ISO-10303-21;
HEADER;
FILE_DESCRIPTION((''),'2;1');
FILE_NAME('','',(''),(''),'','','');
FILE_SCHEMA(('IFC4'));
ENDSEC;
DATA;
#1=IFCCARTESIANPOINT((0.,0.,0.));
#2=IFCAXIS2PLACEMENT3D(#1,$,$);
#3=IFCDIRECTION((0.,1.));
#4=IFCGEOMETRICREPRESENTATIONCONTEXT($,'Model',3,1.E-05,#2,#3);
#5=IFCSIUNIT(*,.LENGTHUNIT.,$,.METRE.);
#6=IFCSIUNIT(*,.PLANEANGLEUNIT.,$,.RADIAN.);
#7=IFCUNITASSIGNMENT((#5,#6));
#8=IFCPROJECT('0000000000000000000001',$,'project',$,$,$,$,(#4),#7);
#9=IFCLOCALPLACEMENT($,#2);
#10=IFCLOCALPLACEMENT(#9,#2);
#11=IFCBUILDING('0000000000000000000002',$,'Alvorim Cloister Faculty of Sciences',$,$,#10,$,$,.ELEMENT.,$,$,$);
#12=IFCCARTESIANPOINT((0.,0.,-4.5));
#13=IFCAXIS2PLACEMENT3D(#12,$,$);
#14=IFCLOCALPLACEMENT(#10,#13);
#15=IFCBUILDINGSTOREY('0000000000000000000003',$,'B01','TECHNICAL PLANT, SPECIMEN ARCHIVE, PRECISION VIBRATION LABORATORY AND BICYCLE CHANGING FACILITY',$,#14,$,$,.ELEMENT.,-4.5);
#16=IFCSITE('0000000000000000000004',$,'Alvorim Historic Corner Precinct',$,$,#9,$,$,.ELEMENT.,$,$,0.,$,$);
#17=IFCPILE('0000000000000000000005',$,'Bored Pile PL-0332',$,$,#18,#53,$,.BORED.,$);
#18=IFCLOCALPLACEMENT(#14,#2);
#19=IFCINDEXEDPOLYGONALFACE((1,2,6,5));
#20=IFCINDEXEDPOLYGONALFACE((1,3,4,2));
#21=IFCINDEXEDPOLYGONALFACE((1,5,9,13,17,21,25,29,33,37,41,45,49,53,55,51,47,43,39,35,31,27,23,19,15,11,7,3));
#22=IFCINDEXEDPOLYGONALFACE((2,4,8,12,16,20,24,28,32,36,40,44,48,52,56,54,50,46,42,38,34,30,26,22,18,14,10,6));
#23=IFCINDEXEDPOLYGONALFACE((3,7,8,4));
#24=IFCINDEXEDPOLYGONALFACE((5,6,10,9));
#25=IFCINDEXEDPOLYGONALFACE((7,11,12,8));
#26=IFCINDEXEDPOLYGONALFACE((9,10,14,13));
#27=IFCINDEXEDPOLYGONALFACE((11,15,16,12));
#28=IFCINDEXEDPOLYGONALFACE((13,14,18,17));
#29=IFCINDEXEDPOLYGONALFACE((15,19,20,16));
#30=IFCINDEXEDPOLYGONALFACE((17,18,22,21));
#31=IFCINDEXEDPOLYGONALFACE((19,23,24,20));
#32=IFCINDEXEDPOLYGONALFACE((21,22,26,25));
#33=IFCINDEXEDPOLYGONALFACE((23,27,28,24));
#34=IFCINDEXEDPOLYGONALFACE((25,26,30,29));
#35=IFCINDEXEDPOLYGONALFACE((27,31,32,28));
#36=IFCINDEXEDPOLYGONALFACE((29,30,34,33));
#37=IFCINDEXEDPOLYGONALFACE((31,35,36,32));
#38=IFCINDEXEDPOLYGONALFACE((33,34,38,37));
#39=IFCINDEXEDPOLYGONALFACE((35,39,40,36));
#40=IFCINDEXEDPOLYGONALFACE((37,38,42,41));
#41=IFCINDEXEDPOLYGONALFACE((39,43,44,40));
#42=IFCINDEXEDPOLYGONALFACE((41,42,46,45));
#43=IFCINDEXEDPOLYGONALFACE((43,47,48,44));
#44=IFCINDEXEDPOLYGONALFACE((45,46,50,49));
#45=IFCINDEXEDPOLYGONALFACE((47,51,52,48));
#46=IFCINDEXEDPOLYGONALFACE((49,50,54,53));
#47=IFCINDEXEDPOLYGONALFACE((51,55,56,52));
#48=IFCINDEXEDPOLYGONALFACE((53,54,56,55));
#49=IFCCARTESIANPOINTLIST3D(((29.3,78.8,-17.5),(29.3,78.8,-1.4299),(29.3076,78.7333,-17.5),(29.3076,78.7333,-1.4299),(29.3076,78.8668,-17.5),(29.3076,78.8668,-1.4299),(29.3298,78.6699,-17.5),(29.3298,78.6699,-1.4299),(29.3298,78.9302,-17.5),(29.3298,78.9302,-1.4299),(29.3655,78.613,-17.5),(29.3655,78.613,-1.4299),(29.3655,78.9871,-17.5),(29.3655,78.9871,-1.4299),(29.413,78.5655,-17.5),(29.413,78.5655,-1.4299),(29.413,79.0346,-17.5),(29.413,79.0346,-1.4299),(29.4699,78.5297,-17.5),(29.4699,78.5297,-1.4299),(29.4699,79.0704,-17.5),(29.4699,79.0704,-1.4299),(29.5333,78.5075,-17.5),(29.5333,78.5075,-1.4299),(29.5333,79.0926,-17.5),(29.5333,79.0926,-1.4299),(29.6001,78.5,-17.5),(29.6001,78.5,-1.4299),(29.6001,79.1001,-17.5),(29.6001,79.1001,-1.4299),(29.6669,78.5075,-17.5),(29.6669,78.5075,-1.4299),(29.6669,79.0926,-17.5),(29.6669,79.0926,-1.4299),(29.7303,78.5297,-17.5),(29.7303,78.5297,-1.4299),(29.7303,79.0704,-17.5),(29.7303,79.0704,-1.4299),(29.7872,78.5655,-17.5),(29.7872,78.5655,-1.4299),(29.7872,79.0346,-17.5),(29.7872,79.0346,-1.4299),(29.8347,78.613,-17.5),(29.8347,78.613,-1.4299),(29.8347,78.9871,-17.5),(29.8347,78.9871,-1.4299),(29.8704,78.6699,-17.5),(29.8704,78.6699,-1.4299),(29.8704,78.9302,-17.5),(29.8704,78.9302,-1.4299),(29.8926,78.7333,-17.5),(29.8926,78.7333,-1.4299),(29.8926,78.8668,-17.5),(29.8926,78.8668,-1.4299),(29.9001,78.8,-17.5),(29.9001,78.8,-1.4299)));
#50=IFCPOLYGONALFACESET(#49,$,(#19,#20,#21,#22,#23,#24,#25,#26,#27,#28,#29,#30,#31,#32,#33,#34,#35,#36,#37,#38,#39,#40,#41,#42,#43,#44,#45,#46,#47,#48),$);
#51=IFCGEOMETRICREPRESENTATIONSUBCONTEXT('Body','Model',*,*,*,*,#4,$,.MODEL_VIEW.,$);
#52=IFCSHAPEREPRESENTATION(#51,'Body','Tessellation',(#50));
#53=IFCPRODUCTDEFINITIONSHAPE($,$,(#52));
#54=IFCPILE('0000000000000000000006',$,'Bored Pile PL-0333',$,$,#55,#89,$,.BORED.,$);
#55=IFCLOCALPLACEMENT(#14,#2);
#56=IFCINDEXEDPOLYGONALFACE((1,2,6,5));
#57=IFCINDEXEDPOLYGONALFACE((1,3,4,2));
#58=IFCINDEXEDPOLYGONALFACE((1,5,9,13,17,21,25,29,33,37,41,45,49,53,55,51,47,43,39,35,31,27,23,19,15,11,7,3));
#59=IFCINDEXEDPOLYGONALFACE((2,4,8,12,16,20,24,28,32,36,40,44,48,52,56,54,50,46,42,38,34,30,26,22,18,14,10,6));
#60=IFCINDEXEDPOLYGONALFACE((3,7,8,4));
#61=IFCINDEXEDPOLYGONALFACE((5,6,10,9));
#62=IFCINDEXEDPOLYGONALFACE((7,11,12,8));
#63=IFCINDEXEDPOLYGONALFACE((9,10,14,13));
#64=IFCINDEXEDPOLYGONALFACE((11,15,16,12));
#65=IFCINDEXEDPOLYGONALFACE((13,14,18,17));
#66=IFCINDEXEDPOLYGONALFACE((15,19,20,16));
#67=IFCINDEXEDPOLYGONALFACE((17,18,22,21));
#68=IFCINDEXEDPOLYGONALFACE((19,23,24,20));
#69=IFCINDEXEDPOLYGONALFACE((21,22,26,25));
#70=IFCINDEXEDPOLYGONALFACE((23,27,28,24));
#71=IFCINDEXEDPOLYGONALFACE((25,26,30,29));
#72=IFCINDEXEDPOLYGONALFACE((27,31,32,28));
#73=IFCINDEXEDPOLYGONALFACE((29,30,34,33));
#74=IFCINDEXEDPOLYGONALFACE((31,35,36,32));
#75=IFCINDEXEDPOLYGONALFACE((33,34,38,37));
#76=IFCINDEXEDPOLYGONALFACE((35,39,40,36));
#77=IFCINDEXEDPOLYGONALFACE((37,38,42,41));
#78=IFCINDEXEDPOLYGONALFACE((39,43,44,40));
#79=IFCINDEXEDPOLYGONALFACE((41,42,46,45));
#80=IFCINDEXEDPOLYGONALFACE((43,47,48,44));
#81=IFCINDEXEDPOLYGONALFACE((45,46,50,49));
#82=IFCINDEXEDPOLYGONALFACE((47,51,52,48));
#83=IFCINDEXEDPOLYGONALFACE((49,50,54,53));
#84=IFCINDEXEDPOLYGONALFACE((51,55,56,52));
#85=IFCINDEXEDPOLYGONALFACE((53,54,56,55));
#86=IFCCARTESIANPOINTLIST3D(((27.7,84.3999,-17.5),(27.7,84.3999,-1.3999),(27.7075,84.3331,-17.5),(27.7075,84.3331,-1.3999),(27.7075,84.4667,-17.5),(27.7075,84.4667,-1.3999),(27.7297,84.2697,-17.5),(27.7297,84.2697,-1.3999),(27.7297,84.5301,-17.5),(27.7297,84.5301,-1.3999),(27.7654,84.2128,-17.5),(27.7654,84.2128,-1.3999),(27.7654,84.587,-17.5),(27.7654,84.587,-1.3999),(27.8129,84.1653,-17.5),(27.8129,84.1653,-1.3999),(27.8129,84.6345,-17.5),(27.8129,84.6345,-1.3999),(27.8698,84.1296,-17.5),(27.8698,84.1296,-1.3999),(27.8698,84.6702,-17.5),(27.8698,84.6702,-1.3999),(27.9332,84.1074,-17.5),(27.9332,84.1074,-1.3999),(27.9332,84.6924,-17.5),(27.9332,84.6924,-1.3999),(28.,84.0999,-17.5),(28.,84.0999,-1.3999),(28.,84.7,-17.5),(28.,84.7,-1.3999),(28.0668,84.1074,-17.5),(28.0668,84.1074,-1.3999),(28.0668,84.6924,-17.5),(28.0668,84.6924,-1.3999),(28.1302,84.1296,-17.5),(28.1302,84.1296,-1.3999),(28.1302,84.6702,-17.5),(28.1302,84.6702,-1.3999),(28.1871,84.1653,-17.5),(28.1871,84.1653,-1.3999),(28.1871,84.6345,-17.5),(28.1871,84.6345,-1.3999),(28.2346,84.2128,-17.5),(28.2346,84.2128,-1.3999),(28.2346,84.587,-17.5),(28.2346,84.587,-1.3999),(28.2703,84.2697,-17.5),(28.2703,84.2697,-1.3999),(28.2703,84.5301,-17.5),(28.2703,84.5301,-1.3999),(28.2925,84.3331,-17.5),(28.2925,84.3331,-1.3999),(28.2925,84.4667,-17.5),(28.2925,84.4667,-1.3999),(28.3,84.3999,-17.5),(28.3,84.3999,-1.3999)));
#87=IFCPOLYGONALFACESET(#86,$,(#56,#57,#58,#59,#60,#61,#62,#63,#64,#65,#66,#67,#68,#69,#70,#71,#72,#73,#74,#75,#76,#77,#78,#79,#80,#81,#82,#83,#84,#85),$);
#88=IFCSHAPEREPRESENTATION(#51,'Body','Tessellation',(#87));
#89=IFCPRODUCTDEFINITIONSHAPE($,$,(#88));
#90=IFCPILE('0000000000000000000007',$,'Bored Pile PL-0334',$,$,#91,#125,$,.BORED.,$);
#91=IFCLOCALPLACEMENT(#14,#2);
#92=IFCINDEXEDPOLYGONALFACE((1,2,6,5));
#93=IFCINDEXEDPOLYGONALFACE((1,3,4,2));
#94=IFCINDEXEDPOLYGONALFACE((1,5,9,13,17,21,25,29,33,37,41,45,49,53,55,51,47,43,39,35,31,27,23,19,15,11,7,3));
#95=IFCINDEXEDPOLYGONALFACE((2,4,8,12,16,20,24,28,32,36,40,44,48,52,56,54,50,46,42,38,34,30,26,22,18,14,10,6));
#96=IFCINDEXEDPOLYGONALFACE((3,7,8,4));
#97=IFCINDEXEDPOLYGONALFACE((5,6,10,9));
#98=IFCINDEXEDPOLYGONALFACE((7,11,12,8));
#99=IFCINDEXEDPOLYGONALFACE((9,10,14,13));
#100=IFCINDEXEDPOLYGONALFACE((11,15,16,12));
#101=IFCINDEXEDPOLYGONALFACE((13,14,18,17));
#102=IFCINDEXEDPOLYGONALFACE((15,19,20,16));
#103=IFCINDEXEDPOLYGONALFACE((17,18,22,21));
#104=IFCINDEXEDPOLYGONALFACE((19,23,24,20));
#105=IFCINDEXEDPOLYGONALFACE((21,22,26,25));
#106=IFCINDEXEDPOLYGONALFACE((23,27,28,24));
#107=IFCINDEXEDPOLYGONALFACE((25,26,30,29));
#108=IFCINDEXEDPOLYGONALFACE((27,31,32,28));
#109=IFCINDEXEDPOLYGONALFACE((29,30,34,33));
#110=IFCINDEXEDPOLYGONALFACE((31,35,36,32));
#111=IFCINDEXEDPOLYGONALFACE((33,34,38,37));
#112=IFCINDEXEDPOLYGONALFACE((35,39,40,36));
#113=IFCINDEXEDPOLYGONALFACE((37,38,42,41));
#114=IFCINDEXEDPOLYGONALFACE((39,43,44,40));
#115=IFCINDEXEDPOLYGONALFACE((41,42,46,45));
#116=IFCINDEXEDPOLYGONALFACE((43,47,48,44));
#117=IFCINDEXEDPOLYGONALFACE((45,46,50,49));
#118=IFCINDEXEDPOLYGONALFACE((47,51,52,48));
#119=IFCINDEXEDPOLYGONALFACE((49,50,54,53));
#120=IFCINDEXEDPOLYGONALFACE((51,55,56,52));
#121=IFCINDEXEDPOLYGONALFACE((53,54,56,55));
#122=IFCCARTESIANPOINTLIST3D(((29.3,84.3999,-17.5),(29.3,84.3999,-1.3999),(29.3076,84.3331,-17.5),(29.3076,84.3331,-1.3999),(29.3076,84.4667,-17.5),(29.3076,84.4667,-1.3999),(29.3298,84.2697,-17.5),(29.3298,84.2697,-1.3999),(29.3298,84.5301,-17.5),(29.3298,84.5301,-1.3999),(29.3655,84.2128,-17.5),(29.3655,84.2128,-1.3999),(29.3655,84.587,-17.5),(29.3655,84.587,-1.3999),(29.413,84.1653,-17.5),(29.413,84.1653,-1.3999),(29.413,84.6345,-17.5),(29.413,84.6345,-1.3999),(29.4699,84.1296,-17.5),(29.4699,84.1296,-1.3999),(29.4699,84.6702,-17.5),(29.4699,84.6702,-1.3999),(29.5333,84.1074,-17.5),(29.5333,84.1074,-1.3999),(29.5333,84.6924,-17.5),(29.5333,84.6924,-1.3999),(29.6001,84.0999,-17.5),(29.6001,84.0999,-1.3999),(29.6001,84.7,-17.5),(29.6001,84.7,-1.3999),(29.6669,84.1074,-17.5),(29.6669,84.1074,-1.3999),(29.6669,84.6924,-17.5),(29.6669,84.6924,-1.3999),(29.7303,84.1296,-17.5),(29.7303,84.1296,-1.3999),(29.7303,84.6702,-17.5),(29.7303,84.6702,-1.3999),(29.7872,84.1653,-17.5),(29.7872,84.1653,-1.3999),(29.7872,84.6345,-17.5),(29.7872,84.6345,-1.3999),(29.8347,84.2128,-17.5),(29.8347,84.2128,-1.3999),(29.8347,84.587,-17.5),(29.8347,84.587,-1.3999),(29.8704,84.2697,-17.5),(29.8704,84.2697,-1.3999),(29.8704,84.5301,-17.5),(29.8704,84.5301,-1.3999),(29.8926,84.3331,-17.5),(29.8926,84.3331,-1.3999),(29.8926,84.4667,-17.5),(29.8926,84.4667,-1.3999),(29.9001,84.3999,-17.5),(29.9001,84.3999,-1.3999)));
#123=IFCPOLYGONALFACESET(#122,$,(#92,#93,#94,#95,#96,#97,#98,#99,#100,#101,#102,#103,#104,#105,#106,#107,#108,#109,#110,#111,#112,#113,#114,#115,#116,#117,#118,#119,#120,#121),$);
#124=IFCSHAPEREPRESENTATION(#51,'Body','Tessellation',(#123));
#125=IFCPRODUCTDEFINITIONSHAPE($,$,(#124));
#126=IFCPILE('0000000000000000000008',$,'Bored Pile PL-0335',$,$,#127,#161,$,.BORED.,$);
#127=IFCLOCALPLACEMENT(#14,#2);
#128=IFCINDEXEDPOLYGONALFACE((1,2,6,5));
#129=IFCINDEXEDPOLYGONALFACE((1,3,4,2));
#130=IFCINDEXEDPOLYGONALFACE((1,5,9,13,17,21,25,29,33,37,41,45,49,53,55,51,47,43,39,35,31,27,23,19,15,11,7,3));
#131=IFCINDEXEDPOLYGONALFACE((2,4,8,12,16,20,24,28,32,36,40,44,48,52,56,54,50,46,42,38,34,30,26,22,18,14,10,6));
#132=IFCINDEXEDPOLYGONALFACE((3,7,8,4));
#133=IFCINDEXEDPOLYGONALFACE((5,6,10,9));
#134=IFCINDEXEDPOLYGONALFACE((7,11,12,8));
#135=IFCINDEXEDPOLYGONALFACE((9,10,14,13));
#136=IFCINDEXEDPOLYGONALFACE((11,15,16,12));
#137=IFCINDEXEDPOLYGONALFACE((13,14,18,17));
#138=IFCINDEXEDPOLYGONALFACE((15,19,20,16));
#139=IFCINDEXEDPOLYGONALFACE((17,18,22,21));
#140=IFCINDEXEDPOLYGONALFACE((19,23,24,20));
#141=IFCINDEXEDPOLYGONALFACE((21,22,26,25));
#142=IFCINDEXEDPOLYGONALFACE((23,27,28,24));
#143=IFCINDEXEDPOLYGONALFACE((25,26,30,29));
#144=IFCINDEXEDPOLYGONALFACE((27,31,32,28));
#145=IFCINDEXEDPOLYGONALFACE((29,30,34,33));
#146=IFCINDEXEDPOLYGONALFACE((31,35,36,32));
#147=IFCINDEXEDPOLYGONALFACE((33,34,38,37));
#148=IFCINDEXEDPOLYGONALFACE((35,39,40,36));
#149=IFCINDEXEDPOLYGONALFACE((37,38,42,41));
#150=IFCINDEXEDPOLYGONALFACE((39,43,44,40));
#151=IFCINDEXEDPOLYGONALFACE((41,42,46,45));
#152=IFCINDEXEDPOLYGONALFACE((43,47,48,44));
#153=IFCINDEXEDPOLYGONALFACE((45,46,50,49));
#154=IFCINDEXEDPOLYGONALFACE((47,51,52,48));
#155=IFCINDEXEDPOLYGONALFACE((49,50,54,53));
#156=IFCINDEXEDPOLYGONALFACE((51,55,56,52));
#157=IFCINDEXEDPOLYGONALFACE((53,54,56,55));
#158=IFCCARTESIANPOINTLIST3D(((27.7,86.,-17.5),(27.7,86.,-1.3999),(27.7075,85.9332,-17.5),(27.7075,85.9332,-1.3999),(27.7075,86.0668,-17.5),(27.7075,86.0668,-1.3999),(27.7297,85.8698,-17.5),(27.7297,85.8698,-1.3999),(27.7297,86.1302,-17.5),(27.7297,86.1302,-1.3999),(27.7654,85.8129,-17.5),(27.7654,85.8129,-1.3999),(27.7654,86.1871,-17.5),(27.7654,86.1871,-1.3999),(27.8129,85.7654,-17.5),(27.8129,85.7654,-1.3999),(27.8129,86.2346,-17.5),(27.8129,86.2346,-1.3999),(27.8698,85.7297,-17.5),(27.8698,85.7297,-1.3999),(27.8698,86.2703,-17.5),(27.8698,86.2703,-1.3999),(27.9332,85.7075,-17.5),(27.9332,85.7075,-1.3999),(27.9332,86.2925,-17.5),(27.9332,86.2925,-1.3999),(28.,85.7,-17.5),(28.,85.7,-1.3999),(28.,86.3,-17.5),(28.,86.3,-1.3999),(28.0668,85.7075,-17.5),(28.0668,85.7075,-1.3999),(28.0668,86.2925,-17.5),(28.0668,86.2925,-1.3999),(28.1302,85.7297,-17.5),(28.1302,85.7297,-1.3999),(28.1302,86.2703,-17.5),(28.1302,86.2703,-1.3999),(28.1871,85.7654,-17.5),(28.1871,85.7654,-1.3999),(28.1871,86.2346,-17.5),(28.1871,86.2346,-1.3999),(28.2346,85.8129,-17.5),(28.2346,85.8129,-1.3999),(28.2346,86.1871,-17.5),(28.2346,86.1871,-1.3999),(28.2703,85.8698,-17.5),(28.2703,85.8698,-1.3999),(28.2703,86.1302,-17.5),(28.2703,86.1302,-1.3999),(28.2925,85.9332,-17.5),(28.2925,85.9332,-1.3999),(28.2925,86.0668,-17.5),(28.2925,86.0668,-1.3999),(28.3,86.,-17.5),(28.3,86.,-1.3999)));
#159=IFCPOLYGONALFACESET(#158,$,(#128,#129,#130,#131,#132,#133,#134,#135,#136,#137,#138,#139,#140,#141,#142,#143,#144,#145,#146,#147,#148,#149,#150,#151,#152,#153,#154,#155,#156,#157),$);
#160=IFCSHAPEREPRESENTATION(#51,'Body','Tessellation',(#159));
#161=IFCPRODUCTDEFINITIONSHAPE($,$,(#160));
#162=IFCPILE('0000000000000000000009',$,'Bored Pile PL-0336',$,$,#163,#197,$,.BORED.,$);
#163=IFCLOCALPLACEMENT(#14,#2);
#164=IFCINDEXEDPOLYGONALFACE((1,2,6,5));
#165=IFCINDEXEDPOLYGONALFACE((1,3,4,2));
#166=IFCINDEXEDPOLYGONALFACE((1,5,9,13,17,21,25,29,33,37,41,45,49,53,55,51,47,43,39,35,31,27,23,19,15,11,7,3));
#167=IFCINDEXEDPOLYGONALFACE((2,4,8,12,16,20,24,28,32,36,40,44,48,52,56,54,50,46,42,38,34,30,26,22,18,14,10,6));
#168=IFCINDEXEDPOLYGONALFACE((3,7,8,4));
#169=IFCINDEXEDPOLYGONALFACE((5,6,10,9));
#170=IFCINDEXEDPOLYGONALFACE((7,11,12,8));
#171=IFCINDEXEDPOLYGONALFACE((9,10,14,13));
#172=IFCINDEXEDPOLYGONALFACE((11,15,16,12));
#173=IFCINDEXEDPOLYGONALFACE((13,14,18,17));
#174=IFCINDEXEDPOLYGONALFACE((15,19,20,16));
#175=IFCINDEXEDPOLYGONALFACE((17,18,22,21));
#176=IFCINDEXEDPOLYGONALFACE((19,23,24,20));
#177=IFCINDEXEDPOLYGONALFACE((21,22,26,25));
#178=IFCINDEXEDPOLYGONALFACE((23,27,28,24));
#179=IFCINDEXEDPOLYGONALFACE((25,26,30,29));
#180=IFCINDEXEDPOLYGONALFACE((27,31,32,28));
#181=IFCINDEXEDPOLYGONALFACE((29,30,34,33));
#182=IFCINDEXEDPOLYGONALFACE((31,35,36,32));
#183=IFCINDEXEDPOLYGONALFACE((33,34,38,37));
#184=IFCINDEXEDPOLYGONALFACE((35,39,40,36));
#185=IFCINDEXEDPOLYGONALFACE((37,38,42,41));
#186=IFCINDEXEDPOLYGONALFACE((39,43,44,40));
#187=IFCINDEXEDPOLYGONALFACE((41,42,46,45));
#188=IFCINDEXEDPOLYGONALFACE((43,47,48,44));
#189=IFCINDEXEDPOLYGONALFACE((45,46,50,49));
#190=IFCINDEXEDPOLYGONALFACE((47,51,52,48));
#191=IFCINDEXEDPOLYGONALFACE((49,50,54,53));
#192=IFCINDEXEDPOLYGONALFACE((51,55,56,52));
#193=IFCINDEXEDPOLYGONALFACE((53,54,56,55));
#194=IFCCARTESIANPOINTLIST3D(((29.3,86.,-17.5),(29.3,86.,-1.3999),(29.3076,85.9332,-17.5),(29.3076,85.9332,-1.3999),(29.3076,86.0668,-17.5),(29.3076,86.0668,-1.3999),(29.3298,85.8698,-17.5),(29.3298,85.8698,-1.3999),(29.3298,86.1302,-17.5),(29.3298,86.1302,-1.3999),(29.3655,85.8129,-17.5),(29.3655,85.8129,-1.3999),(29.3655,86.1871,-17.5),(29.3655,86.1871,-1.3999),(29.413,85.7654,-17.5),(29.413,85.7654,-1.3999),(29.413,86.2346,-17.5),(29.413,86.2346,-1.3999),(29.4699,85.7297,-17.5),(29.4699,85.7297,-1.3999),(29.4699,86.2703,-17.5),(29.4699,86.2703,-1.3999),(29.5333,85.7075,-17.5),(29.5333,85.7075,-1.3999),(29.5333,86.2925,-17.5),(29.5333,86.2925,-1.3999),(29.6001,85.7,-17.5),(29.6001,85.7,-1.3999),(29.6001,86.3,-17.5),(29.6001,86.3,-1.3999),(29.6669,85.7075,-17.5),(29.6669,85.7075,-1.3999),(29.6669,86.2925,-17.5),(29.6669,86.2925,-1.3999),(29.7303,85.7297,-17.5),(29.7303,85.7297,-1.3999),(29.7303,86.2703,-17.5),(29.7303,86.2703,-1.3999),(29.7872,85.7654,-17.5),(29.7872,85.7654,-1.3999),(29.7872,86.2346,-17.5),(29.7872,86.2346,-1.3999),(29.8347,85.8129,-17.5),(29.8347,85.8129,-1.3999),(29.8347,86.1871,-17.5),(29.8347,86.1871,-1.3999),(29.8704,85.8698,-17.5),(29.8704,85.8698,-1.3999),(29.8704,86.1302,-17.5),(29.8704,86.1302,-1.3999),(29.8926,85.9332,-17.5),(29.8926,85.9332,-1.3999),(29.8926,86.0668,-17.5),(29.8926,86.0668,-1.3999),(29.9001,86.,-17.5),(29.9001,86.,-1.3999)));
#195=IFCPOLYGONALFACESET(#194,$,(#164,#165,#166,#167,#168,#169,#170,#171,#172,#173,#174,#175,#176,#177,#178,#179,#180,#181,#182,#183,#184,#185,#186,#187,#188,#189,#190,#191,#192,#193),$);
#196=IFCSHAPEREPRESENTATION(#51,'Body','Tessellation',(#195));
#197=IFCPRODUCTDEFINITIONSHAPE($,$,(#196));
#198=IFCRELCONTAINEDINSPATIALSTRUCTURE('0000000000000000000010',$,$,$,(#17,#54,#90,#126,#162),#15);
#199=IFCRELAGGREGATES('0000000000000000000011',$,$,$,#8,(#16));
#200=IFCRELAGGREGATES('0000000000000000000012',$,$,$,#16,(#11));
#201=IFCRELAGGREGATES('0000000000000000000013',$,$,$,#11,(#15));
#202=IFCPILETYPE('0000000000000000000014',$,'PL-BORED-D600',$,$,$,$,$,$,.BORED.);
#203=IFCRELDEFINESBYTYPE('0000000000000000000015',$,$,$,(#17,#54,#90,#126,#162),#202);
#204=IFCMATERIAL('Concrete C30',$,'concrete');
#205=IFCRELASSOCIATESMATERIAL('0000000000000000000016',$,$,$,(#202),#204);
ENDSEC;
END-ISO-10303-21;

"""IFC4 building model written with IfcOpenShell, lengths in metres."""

from ifc_helpers import new_model, si_unit, direction, frame, origin, origin_2d, place, context, subcontext, project, spatial, circle, extrude, material, material_profile, profile_set, type_object, element, save


model = new_model("IFC4")

# Units and contexts
model_context = context("Model", 3, precision=1e-05, world=origin(), true_north=direction((0.0, 1.0)))
body_context = subcontext(model_context, "Body", "Model", "MODEL_VIEW")
ifc_project = project(units=[si_unit("LENGTHUNIT", "METRE"), si_unit("PLANEANGLEUNIT", "RADIAN")], contexts=[model_context])

# Site, building, storey
site_placement = place(None, origin())
site = spatial("IfcSite", under=ifc_project, at=site_placement, Name="Alvorim Historic Corner Precinct", CompositionType="ELEMENT", RefElevation=0.0)
building_placement = place(site_placement, origin())
building = spatial("IfcBuilding", under=site, at=building_placement, Name="Alvorim Cloister Faculty of Sciences", CompositionType="ELEMENT")
storey_placement = place(building_placement, frame((0.0, 0.0, -4.5)))
storey = spatial("IfcBuildingStorey", under=building, at=storey_placement, Name="B01", Description="TECHNICAL PLANT, SPECIMEN ARCHIVE, PRECISION VIBRATION LABORATORY AND BICYCLE CHANGING FACILITY", CompositionType="ELEMENT", Elevation=-4.5)

# Piles
ifc_material_1 = material(Name="Concrete C30", Category="concrete")
ifc_material_profile_1 = material_profile(ifc_material_1, circle(Radius=0.3, at=origin_2d()), Name="PILE-D600")
ifc_profile_set_1 = profile_set([ifc_material_profile_1], Name="Concrete C30")
pile_type_1 = type_object("IfcPileType", Name="PL-BORED-D600", PredefinedType="BORED", material=ifc_profile_set_1)
for number, where, z_axis, x_axis, name in (
    (1, (29.6001, 78.8, -1.4299), (0.0, 0.0, -1.0), (1.0, 0.0, 0.0), "Bored Pile PL-0332"),
):
    element("IfcPile", number, at=place(storey_placement, frame(where, z_axis=z_axis, x_axis=x_axis)), inside=storey, type_object=pile_type_1, Name=name, PredefinedType="BORED", context=body_context, shape_type="SweptSolid", body=[
        extrude(circle(Radius=0.3, at=origin_2d()), origin(), (0.0, 0.0, 1.0), 16.0701),
    ])
for number, where, z_axis, x_axis, name in (
    (2, (28.0, 84.3999, -1.3999), (0.0, 0.0, -1.0), (1.0, 0.0, 0.0), "Bored Pile PL-0333"),
    (3, (29.6001, 84.3999, -1.3999), (0.0, 0.0, -1.0), (1.0, 0.0, 0.0), "Bored Pile PL-0334"),
    (4, (28.0, 86.0, -1.3999), (0.0, 0.0, -1.0), (1.0, 0.0, 0.0), "Bored Pile PL-0335"),
    (5, (29.6001, 86.0, -1.3999), (0.0, 0.0, -1.0), (1.0, 0.0, 0.0), "Bored Pile PL-0336"),
):
    element("IfcPile", number, at=place(storey_placement, frame(where, z_axis=z_axis, x_axis=x_axis)), inside=storey, type_object=pile_type_1, Name=name, PredefinedType="BORED", context=body_context, shape_type="SweptSolid", body=[
        extrude(circle(Radius=0.3, at=origin_2d()), origin(), (0.0, 0.0, 1.0), 16.1001),
    ])

save(model, "model.ifc")
